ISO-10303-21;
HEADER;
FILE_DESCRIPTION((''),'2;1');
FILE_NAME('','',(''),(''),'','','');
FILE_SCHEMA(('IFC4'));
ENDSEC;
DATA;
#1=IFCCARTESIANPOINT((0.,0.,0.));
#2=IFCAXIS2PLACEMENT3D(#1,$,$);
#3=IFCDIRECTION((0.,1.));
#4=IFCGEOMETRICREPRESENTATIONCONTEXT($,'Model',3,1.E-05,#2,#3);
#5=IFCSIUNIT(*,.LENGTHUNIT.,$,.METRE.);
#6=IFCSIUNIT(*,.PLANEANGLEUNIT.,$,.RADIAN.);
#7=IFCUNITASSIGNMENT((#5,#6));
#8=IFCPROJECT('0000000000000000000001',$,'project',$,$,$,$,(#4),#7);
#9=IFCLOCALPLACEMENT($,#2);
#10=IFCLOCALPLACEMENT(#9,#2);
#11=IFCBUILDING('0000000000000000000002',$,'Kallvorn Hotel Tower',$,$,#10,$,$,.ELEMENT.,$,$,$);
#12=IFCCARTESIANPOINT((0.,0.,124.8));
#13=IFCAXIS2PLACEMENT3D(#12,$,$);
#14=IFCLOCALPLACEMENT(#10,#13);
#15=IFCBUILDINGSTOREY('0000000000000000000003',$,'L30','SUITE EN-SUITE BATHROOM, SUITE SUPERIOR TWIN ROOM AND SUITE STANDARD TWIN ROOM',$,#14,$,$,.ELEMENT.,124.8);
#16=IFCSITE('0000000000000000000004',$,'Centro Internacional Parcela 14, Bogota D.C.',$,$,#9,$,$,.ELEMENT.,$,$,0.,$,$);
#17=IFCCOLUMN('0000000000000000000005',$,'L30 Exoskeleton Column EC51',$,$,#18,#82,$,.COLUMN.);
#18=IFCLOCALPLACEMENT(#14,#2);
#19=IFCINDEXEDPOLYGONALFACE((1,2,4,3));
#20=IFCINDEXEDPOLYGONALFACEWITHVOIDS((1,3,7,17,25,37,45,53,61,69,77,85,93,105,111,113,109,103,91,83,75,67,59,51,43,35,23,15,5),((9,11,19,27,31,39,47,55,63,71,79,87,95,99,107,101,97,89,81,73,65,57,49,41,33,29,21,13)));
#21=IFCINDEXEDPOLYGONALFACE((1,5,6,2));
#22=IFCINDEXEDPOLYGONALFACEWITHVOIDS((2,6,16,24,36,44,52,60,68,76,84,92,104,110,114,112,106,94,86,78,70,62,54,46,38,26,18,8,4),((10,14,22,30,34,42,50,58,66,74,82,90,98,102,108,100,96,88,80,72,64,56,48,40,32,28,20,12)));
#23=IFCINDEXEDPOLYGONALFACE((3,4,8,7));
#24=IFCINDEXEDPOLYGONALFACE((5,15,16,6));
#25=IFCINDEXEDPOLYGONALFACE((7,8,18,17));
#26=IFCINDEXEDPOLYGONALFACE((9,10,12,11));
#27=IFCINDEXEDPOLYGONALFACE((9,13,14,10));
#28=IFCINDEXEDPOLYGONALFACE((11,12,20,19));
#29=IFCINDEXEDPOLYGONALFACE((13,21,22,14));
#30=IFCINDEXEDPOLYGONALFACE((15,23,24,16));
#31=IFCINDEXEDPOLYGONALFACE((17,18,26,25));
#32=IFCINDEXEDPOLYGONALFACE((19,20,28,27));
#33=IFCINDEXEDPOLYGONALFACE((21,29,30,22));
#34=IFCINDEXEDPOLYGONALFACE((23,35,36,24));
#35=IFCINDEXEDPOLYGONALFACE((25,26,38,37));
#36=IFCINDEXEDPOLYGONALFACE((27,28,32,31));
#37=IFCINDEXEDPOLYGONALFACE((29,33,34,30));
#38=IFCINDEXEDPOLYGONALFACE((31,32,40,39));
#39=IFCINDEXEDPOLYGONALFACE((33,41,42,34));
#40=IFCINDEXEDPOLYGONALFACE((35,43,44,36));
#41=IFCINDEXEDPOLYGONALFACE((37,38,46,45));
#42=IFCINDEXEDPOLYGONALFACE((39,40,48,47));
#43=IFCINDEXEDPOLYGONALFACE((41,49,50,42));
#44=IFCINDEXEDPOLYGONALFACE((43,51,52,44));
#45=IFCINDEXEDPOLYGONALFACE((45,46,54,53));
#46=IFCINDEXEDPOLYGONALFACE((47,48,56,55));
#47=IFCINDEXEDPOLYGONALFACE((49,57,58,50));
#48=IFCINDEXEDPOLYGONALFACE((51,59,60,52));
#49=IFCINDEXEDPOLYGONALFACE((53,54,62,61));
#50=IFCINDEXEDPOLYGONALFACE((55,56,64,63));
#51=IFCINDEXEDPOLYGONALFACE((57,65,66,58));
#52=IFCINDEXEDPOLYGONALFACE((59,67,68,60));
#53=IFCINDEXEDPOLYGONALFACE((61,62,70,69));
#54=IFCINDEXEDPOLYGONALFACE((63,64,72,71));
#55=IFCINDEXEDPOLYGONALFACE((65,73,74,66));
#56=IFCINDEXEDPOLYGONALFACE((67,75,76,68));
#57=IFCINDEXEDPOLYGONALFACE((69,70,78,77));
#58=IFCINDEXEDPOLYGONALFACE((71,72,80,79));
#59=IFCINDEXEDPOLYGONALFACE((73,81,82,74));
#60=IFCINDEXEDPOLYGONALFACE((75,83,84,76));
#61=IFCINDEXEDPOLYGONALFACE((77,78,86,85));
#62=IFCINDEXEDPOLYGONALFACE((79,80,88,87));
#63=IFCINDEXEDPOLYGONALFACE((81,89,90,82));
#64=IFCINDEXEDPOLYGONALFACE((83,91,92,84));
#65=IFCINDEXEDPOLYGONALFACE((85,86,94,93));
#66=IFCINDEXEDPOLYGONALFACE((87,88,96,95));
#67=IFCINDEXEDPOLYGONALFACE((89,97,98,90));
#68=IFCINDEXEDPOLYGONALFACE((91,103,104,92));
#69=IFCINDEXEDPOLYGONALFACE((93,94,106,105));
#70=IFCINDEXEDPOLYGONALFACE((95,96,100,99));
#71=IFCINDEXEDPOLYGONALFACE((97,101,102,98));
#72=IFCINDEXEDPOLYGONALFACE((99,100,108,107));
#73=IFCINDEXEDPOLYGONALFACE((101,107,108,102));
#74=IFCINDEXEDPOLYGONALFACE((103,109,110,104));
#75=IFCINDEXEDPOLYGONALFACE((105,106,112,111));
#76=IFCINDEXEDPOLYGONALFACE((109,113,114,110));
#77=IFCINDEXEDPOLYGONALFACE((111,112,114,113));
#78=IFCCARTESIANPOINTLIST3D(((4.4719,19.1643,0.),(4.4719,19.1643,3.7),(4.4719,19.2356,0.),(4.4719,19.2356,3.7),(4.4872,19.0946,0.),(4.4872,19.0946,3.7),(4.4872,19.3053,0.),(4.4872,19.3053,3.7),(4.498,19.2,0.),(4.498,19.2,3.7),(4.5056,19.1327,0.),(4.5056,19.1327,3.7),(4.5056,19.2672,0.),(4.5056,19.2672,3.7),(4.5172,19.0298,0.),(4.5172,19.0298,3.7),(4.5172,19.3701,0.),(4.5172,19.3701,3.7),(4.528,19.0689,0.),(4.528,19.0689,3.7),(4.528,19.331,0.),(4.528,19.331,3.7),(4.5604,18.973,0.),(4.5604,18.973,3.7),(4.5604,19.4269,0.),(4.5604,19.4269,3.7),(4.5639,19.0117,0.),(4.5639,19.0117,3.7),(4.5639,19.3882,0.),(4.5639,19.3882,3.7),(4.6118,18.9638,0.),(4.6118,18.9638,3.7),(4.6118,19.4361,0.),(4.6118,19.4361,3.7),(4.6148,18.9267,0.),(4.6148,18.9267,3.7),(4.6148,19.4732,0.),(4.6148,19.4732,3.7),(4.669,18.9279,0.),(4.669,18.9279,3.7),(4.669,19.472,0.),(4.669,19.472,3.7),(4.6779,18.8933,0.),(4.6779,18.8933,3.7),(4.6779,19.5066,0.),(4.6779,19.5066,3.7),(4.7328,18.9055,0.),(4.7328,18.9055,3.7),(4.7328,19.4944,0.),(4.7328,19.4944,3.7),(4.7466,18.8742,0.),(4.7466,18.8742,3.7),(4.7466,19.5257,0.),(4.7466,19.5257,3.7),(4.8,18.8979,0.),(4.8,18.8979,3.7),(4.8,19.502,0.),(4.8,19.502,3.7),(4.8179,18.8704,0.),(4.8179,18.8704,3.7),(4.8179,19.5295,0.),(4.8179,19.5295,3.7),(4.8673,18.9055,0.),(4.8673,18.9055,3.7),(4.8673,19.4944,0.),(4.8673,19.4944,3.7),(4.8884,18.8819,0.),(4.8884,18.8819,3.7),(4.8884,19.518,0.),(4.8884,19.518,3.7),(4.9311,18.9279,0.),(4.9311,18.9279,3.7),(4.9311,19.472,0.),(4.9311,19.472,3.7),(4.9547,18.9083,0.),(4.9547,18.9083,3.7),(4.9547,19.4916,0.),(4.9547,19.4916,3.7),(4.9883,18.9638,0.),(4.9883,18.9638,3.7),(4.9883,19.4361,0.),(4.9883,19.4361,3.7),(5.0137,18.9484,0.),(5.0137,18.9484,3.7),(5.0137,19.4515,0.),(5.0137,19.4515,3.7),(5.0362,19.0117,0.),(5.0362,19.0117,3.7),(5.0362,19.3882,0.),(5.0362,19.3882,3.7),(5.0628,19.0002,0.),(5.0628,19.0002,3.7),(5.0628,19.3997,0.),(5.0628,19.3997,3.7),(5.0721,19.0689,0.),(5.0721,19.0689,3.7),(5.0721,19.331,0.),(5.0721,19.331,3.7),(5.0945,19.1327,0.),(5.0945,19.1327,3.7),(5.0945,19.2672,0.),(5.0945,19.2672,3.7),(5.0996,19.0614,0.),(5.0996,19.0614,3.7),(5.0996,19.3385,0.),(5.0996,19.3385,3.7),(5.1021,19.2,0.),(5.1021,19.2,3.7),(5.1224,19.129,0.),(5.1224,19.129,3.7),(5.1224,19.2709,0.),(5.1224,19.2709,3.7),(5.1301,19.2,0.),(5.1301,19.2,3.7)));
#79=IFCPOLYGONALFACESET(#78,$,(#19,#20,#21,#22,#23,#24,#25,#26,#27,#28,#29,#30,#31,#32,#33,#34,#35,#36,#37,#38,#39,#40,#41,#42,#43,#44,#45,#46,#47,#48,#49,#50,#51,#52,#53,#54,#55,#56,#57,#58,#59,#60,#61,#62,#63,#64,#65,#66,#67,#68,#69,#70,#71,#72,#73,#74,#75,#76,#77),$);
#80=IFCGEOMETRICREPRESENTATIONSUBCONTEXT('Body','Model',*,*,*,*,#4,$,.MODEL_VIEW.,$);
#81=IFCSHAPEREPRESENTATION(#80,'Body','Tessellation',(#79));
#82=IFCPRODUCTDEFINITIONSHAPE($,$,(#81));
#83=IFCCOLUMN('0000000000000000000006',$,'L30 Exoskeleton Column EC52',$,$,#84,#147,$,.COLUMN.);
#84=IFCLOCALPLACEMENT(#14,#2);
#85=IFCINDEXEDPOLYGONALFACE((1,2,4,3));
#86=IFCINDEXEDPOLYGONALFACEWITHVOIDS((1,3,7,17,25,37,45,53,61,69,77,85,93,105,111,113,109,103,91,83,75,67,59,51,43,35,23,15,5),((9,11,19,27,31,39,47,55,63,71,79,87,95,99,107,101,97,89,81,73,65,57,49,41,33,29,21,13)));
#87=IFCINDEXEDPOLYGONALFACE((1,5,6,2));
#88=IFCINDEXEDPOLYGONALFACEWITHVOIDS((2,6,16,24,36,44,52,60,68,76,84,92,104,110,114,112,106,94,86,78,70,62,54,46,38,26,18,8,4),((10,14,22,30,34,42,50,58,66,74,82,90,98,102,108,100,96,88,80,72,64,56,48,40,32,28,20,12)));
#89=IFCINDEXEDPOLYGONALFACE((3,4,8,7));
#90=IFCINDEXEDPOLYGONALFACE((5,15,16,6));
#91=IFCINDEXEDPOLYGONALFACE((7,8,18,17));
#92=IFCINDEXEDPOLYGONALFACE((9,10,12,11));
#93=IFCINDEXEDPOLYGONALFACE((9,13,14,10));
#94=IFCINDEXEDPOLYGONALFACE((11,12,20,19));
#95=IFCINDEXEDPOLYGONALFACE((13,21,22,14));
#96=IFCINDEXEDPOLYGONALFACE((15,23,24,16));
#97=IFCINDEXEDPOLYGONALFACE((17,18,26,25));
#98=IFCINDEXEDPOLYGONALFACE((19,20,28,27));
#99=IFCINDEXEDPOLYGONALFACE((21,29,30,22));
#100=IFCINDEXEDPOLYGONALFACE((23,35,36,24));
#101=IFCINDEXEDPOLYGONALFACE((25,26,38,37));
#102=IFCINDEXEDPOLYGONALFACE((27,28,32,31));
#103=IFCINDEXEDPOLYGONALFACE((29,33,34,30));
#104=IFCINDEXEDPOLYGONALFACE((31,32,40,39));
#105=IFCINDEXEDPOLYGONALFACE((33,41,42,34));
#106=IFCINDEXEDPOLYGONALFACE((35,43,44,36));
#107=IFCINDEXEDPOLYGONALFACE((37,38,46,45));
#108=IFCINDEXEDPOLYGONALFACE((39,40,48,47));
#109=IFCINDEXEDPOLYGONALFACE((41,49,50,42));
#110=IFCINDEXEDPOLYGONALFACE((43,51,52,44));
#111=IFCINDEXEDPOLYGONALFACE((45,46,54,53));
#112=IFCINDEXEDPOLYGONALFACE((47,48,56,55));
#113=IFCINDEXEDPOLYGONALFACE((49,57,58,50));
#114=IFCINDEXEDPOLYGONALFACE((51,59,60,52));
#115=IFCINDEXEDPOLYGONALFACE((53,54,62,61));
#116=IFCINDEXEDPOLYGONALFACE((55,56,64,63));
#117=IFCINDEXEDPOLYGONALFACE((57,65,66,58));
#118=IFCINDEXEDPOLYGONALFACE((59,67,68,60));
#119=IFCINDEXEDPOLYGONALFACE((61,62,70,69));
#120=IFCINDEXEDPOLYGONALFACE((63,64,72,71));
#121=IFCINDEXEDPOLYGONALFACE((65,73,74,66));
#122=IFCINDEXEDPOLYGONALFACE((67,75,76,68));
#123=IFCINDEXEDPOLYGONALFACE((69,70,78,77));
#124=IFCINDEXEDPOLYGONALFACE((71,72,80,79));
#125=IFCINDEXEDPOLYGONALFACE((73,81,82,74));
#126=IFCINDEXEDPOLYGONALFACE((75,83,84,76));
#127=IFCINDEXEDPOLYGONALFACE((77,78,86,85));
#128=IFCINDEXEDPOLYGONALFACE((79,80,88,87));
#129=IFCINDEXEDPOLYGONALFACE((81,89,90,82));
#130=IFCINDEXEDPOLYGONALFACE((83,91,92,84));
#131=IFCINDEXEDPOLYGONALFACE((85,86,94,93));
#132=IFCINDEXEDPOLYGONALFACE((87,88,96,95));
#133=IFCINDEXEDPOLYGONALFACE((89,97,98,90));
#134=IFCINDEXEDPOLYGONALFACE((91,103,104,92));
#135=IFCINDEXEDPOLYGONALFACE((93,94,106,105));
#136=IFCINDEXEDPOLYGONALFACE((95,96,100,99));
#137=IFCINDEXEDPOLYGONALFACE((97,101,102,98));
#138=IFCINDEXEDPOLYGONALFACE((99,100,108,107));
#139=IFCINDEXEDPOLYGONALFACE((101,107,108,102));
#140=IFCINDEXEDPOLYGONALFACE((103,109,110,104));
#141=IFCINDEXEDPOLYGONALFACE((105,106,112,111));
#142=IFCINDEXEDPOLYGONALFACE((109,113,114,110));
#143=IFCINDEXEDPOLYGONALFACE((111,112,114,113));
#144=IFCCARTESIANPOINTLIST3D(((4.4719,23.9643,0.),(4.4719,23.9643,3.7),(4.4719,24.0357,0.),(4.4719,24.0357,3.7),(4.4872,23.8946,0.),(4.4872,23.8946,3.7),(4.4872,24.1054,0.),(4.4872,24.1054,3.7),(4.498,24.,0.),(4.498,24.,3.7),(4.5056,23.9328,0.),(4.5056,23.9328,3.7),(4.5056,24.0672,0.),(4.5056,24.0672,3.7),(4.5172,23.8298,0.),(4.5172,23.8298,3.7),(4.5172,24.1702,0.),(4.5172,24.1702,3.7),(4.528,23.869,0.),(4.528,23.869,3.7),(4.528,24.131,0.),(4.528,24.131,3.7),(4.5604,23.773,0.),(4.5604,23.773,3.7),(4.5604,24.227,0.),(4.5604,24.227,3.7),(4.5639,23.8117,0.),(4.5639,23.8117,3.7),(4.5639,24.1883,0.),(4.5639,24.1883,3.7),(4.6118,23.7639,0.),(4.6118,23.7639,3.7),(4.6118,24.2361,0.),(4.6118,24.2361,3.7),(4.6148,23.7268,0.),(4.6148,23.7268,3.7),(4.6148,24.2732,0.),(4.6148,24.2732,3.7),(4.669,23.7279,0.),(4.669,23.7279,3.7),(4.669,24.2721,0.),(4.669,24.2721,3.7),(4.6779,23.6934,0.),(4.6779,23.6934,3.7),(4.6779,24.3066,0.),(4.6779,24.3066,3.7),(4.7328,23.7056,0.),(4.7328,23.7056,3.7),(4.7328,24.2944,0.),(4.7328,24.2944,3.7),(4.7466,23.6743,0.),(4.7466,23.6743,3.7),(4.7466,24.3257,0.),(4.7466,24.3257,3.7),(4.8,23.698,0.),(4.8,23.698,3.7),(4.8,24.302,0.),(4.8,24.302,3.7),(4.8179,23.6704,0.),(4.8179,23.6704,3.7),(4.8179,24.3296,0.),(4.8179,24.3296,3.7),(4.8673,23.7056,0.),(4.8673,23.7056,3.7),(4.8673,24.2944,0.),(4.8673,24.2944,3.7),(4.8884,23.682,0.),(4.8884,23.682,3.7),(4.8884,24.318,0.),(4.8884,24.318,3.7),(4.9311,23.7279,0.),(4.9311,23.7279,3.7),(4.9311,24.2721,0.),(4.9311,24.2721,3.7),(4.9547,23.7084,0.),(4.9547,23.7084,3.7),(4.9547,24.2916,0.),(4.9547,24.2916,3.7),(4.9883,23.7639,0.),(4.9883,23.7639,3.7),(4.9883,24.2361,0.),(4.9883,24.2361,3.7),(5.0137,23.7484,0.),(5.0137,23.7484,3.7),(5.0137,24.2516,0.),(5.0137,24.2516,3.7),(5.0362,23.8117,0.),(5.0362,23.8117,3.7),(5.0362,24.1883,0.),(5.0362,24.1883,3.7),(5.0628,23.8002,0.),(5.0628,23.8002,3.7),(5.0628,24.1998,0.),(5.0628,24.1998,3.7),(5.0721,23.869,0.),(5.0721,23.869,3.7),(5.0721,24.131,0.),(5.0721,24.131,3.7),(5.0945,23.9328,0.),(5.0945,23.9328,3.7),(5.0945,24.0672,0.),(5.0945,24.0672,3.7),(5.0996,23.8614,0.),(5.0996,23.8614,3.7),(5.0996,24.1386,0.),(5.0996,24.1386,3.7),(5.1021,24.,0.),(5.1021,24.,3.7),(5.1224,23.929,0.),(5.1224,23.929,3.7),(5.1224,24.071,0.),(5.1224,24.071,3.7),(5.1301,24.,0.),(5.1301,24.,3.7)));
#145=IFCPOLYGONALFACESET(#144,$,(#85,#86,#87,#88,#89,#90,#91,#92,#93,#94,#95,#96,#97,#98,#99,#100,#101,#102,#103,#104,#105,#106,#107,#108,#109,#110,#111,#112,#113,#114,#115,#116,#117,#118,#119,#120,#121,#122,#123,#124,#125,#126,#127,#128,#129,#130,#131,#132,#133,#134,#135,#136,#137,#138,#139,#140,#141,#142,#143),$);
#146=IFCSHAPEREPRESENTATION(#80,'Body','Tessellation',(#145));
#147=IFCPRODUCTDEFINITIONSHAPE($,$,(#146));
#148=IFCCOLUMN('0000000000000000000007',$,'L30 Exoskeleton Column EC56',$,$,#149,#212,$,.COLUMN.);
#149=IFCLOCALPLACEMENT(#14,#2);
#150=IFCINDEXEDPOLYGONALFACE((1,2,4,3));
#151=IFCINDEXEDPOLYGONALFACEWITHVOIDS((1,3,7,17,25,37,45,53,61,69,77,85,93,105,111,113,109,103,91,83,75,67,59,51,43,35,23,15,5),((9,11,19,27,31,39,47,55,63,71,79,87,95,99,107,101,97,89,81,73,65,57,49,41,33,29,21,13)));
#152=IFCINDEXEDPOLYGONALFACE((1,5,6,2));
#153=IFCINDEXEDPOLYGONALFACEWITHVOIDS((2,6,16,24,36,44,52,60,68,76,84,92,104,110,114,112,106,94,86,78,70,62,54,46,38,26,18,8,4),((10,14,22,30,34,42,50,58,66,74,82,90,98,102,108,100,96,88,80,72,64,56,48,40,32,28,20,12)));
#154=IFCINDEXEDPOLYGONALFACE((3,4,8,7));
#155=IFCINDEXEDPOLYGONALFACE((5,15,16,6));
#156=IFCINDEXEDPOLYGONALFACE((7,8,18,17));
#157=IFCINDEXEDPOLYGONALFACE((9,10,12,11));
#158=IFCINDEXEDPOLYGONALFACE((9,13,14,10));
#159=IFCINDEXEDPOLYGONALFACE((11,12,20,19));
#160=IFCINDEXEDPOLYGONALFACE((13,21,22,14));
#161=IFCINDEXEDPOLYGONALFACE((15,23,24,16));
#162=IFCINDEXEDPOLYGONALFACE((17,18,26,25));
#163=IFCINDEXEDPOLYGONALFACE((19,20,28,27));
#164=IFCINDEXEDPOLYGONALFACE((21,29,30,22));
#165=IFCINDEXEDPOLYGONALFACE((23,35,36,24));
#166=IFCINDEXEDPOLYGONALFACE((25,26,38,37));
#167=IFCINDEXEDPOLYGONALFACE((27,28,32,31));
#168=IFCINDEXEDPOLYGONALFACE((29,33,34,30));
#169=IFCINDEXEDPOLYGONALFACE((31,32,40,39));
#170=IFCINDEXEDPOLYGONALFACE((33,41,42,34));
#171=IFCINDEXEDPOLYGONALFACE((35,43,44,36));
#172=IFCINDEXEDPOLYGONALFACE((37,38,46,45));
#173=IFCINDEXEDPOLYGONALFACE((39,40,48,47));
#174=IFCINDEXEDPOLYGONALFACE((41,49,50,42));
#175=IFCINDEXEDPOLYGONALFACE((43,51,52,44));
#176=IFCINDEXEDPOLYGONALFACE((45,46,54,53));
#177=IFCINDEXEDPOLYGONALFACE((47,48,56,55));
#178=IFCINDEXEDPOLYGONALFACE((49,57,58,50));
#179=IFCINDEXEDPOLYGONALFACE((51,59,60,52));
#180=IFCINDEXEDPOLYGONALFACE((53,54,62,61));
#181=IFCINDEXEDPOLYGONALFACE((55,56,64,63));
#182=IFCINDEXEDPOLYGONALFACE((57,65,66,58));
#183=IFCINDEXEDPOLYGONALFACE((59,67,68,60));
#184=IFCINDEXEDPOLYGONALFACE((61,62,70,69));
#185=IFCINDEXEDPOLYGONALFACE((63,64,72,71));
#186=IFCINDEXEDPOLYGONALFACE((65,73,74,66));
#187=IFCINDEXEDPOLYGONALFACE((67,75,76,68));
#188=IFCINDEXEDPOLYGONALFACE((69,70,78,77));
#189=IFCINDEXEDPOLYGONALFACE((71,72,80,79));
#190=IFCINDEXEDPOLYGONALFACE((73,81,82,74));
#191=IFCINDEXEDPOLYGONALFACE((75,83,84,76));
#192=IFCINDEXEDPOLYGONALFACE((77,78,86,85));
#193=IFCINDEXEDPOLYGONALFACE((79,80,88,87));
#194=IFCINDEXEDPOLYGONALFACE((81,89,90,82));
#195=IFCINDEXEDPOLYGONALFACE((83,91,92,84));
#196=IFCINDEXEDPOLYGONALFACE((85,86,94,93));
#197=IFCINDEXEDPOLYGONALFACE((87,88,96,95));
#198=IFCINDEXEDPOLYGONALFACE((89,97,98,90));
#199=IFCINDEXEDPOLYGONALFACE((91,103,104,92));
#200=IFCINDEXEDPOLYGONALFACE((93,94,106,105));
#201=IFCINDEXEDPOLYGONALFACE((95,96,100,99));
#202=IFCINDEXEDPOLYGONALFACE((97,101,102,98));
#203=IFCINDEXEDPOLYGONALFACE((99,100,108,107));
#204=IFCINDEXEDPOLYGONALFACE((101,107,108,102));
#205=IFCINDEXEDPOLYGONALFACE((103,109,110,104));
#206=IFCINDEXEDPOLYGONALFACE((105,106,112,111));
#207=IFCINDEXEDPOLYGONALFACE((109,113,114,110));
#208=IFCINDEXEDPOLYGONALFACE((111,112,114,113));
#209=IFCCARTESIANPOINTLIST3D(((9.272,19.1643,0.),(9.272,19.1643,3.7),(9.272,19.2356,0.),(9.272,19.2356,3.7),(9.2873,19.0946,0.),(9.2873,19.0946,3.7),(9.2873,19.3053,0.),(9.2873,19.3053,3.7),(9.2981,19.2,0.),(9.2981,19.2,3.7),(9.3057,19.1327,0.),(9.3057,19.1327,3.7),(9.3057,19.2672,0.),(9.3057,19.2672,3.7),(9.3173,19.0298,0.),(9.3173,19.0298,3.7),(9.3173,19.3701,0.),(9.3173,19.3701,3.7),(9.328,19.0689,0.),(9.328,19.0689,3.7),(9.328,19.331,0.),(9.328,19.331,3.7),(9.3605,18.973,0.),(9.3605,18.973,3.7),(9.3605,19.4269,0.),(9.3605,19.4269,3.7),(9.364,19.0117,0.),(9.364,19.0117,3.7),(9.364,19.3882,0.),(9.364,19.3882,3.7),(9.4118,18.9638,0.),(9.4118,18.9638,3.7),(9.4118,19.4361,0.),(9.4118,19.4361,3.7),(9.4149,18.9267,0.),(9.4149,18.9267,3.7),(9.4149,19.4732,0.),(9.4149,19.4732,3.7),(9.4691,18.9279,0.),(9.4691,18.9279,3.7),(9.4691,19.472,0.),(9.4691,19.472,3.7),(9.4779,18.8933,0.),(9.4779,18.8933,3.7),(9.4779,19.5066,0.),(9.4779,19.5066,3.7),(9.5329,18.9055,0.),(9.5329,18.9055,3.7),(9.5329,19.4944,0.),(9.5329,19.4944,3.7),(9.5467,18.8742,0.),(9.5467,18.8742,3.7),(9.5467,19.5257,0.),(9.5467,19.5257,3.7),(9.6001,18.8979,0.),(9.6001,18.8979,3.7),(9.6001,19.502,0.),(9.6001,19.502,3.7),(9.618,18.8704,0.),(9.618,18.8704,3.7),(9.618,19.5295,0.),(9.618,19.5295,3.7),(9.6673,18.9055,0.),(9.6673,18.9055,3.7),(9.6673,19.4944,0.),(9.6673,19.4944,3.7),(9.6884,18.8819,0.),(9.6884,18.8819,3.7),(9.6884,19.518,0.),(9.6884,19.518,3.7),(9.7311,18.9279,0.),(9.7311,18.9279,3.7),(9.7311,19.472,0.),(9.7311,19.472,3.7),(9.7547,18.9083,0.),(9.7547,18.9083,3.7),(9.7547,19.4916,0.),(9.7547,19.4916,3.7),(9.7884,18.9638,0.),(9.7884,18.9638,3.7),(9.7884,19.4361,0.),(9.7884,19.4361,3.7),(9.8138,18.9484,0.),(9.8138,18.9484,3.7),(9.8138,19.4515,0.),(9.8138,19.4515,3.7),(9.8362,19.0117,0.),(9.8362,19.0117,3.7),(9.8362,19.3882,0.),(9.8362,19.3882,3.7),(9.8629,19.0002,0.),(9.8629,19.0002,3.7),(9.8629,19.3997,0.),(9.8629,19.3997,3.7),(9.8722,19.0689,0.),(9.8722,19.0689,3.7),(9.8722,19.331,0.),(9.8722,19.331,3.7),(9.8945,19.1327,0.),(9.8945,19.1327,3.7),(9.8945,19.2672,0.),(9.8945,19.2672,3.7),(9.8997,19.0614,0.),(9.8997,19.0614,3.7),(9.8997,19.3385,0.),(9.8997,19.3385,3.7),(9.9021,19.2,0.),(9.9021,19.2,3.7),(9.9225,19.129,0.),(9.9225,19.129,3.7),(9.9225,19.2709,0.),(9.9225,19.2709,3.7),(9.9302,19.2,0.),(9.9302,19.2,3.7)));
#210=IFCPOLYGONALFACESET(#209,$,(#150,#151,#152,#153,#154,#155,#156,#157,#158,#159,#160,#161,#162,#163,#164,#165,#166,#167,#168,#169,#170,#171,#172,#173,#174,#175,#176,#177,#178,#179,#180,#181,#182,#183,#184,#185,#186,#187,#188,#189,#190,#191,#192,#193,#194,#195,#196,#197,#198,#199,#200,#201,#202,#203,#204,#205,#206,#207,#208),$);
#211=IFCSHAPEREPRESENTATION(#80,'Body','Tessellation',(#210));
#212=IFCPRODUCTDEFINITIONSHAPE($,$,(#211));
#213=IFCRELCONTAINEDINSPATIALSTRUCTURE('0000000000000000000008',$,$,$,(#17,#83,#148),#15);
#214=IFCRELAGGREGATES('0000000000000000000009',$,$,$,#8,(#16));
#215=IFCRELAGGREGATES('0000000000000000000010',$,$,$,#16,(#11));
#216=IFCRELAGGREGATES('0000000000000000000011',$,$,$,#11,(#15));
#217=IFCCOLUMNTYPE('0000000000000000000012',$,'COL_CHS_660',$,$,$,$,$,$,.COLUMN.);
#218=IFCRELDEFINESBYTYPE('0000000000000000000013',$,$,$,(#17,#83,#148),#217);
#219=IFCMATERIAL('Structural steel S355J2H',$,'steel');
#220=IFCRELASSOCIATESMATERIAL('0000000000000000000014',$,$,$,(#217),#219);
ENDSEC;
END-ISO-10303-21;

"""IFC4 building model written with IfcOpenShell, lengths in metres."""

from ifc_helpers import new_model, si_unit, direction, frame, origin, origin_2d, place, context, subcontext, project, spatial, hollow_circle, extrude, material, material_profile, profile_set, type_object, element, save


model = new_model("IFC4")

# Units and contexts
model_context = context("Model", 3, precision=1e-05, world=origin(), true_north=direction((0.0, 1.0)))
body_context = subcontext(model_context, "Body", "Model", "MODEL_VIEW")
ifc_project = project(units=[si_unit("LENGTHUNIT", "METRE"), si_unit("PLANEANGLEUNIT", "RADIAN")], contexts=[model_context])

# Site, building, storey
site_placement = place(None, origin())
site = spatial("IfcSite", under=ifc_project, at=site_placement, Name="Centro Internacional Parcela 14, Bogota D.C.", CompositionType="ELEMENT", RefElevation=0.0)
building_placement = place(site_placement, origin())
building = spatial("IfcBuilding", under=site, at=building_placement, Name="Kallvorn Hotel Tower", CompositionType="ELEMENT")
storey_placement = place(building_placement, frame((0.0, 0.0, 124.8)))
storey = spatial("IfcBuildingStorey", under=building, at=storey_placement, Name="L30", Description="SUITE EN-SUITE BATHROOM, SUITE SUPERIOR TWIN ROOM AND SUITE STANDARD TWIN ROOM", CompositionType="ELEMENT", Elevation=124.8)

# Columns
ifc_material_1 = material(Name="Structural steel S355J2H", Category="steel")
ifc_material_profile_1 = material_profile(ifc_material_1, hollow_circle(Radius=0.3301, WallThickness=0.0281, at=origin_2d()), Name="CHS 660x28")
ifc_profile_set_1 = profile_set([ifc_material_profile_1], Name="Structural steel S355J2H")
column_type = type_object("IfcColumnType", Name="COL_CHS_660", PredefinedType="COLUMN", material=ifc_profile_set_1)
for number, where, z_axis, x_axis, name in (
    (1, (4.8, 19.2, 0.0), (0.0, 0.0, 1.0), (1.0, 0.0, 0.0), "L30 Exoskeleton Column EC51"),
    (2, (4.8, 24.0, 0.0), (0.0, 0.0, 1.0), (1.0, 0.0, 0.0), "L30 Exoskeleton Column EC52"),
    (3, (9.6001, 19.2, 0.0), (0.0, 0.0, 1.0), (1.0, 0.0, 0.0), "L30 Exoskeleton Column EC56"),
):
    element("IfcColumn", number, at=place(storey_placement, frame(where, z_axis=z_axis, x_axis=x_axis)), inside=storey, type_object=column_type, Name=name, PredefinedType="COLUMN", context=body_context, shape_type="SweptSolid", body=[
        extrude(hollow_circle(Radius=0.3301, WallThickness=0.0281, at=origin_2d()), origin(), (0.0, 0.0, 1.0), 3.7),
    ])

save(model, "model.ifc")
